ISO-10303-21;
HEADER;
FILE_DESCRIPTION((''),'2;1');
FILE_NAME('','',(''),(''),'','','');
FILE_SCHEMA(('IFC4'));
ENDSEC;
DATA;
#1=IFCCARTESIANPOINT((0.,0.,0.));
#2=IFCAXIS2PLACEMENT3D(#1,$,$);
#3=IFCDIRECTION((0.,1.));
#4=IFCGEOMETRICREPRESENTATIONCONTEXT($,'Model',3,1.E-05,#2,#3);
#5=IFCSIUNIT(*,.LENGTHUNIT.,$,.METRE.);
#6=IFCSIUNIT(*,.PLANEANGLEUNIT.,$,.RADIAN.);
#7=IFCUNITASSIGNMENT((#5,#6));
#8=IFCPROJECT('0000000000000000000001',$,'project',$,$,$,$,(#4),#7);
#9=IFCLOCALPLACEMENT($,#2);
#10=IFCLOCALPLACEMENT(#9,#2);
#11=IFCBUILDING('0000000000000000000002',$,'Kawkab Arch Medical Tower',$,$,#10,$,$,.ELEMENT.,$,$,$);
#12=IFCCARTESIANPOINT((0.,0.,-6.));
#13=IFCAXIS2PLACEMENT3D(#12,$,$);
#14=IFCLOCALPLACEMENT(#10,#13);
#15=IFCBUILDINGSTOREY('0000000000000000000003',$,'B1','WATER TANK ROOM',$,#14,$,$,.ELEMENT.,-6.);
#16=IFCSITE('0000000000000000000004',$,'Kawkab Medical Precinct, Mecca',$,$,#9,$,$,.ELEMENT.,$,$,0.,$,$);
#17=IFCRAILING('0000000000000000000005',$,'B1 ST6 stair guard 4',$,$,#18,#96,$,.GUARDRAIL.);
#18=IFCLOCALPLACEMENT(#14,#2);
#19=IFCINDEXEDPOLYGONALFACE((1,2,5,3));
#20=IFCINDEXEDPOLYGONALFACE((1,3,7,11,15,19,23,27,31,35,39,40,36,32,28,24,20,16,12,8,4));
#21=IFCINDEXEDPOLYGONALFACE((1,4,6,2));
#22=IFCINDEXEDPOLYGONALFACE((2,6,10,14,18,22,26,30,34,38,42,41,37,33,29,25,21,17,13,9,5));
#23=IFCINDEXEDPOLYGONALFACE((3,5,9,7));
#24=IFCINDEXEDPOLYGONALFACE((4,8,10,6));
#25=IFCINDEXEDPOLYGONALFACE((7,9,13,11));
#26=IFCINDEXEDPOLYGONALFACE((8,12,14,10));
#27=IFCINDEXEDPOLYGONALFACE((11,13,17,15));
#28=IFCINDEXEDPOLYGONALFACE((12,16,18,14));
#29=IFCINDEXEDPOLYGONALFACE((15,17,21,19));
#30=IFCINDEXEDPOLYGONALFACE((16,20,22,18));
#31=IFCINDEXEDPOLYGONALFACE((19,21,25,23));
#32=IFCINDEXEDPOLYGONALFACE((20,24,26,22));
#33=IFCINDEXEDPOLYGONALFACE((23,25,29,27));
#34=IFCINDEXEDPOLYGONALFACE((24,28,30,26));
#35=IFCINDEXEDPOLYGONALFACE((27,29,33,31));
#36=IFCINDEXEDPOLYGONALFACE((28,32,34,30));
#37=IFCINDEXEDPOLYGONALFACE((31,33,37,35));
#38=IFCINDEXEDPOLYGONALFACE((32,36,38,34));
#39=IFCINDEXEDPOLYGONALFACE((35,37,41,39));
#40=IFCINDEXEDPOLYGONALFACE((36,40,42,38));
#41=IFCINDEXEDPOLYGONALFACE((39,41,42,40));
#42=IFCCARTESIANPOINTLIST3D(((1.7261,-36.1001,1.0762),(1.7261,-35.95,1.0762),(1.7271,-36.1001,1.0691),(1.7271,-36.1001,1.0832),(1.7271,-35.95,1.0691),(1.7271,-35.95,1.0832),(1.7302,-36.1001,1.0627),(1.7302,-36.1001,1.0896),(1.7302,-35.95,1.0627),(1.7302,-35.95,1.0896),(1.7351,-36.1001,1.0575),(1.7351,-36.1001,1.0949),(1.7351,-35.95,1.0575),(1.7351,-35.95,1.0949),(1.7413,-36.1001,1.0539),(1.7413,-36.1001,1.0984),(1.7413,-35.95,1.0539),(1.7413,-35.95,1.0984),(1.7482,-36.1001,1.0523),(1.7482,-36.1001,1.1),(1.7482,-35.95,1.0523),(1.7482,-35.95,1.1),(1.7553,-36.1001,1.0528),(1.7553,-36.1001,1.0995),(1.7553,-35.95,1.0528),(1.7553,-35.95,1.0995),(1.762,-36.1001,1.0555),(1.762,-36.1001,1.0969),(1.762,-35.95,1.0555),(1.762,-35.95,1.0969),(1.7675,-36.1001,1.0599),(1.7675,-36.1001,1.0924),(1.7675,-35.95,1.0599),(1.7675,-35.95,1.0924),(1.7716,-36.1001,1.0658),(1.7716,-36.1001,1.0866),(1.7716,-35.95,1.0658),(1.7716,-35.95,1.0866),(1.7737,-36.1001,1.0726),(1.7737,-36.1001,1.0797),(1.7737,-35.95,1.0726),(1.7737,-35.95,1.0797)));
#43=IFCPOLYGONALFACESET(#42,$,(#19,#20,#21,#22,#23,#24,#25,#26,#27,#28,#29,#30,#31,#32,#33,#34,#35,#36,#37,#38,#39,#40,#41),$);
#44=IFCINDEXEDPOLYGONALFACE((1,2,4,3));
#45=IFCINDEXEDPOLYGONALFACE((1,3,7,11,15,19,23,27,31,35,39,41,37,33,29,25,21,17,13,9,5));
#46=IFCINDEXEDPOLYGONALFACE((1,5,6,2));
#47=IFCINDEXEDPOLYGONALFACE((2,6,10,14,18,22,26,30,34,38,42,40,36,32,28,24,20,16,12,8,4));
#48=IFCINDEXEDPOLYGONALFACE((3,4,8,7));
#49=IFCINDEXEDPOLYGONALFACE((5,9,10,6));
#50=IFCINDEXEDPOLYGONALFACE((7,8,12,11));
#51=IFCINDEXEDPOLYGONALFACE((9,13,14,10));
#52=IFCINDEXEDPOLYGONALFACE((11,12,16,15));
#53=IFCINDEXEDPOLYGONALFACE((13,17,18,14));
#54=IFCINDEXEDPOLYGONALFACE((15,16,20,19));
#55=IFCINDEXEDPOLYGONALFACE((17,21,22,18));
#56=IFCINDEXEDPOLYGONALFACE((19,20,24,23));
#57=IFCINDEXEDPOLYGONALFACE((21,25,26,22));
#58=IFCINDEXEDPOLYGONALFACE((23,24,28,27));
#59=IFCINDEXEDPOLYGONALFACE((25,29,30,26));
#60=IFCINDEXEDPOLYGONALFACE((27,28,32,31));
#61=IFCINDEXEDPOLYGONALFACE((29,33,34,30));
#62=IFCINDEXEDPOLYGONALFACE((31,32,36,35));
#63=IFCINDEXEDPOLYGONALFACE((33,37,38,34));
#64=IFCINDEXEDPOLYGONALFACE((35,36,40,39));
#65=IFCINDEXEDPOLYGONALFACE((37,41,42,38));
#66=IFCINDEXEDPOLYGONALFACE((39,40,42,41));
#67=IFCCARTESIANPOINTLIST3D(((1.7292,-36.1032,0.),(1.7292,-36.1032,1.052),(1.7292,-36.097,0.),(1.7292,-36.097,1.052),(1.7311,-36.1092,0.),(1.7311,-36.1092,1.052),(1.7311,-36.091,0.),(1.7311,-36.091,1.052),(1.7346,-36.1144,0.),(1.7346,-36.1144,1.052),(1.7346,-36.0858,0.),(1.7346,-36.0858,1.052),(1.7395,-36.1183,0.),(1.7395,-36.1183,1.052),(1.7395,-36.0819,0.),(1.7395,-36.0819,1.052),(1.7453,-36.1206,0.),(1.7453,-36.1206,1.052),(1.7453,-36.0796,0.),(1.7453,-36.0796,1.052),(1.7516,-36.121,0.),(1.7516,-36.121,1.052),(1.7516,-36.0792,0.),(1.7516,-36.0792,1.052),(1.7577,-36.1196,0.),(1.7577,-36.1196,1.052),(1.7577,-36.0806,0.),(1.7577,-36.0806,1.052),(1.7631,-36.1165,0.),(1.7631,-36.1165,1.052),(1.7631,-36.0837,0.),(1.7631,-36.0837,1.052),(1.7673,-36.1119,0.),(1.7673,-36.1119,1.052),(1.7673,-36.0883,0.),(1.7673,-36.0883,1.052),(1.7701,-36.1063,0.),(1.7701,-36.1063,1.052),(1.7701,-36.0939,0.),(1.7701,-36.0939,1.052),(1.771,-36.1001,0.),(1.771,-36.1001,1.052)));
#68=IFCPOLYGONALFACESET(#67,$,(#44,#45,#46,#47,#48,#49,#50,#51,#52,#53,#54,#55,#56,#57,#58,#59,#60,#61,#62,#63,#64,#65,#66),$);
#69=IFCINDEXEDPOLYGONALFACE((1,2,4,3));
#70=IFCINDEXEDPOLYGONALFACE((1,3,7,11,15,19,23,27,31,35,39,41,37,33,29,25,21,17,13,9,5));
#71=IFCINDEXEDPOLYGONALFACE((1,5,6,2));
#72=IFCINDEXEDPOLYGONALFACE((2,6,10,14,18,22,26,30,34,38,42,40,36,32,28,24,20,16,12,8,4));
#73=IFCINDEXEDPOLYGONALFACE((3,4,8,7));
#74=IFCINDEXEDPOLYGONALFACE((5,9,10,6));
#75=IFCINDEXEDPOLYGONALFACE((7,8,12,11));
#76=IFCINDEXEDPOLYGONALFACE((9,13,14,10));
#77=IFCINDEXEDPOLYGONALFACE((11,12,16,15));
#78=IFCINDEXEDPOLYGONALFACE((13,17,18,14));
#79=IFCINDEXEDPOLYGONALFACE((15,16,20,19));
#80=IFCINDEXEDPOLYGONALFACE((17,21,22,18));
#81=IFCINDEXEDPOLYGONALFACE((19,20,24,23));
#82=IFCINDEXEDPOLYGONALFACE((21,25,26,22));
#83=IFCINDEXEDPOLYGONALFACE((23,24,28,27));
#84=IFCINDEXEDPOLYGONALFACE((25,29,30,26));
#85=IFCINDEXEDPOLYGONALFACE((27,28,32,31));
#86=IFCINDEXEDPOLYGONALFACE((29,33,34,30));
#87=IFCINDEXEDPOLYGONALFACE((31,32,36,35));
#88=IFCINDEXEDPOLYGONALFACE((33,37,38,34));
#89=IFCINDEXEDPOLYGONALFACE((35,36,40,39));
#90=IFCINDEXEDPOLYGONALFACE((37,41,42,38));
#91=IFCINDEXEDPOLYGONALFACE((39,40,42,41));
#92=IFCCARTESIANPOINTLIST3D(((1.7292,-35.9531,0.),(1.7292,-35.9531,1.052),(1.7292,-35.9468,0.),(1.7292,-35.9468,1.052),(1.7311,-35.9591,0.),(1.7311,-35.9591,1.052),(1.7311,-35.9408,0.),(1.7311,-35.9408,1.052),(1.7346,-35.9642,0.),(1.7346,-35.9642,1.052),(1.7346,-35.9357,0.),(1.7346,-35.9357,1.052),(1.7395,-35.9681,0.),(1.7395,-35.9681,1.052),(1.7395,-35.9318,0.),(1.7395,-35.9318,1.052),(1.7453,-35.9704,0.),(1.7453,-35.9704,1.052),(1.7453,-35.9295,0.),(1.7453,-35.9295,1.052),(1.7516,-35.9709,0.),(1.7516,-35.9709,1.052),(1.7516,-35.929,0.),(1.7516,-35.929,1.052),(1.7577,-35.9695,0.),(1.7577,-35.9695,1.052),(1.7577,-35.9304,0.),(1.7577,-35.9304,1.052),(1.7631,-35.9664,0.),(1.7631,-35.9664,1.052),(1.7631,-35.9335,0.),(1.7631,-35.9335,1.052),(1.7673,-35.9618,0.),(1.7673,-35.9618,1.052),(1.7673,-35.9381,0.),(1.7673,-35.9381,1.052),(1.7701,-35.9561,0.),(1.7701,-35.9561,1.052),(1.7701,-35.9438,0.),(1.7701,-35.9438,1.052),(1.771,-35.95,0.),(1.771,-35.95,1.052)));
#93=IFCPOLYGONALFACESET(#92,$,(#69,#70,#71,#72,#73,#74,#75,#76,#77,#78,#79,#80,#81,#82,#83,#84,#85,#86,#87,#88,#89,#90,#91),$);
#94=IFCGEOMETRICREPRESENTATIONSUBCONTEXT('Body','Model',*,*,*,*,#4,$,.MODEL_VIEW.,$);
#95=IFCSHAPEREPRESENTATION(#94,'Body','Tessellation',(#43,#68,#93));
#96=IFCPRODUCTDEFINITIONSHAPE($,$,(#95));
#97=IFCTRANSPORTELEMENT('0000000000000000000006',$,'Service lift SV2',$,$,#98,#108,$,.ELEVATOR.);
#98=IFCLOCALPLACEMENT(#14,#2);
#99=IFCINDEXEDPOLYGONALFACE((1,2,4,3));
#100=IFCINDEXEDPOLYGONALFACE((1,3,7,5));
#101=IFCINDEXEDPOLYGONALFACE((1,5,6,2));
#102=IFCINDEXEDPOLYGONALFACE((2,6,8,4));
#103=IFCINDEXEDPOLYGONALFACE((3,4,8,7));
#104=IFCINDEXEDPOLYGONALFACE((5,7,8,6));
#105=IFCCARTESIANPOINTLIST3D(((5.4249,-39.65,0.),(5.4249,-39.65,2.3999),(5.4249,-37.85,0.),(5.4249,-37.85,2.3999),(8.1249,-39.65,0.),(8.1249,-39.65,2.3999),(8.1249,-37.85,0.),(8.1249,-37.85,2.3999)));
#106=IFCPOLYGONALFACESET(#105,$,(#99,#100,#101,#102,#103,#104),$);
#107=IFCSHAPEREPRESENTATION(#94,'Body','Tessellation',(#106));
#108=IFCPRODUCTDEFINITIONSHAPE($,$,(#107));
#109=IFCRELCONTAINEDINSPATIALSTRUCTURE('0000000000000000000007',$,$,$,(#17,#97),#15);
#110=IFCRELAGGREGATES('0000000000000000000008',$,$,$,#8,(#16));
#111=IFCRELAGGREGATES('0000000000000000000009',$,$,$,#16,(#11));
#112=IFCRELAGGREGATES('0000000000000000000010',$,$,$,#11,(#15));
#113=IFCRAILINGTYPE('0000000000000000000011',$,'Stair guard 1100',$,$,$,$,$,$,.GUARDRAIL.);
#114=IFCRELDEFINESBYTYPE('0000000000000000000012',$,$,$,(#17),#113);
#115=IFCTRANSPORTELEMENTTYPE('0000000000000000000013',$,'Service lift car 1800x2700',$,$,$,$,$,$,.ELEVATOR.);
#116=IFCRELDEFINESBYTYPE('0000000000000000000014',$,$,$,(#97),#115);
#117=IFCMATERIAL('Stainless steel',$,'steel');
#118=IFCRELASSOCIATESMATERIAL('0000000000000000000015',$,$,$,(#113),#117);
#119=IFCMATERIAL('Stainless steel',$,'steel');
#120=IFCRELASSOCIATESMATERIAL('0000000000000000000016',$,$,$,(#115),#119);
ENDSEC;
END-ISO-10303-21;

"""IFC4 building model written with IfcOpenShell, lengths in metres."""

from ifc_helpers import new_model, si_unit, direction, frame, origin, origin_2d, place, context, subcontext, project, spatial, rectangle, circle, extrude, material, type_object, element, save


model = new_model("IFC4")

# Units and contexts
model_context = context("Model", 3, precision=1e-05, world=origin(), true_north=direction((0.0, 1.0)))
body_context = subcontext(model_context, "Body", "Model", "MODEL_VIEW")
ifc_project = project(units=[si_unit("LENGTHUNIT", "METRE"), si_unit("PLANEANGLEUNIT", "RADIAN")], contexts=[model_context])

# Site, building, storey
site_placement = place(None, origin())
site = spatial("IfcSite", under=ifc_project, at=site_placement, Name="Kawkab Medical Precinct, Mecca", CompositionType="ELEMENT", RefElevation=0.0)
building_placement = place(site_placement, origin())
building = spatial("IfcBuilding", under=site, at=building_placement, Name="Kawkab Arch Medical Tower", CompositionType="ELEMENT")
storey_placement = place(building_placement, frame((0.0, 0.0, -6.0)))
storey = spatial("IfcBuildingStorey", under=building, at=storey_placement, Name="B1", Description="WATER TANK ROOM", CompositionType="ELEMENT", Elevation=-6.0)

# Railing
ifc_material_1 = material(Name="Stainless steel", Category="steel")
railing_type = type_object("IfcRailingType", Name="Stair guard 1100", PredefinedType="GUARDRAIL", material=ifc_material_1)
railing_1_placement = place(storey_placement, frame((1.75, -36.1001, 0.0)))
element("IfcRailing", 1, at=railing_1_placement, inside=storey, type_object=railing_type, Name="B1 ST6 stair guard 4", PredefinedType="GUARDRAIL", context=body_context, shape_type="SweptSolid", body=[
    extrude(circle(Radius=0.0239, at=origin_2d()), frame((0.0, 0.0, 1.0762), z_axis=(0.0, 1.0, 0.0), x_axis=(-1.0, 0.0, 0.0)), (0.0, 0.0, 1.0), 0.1501),
    extrude(circle(Radius=0.021, at=origin_2d()), origin(), (0.0, 0.0, 1.0), 1.052),
    extrude(circle(Radius=0.021, at=origin_2d()), frame((0.0, 0.1501, 0.0)), (0.0, 0.0, 1.0), 1.052),
])

# Transport element
ifc_material_2 = material(Name="Stainless steel", Category="steel")
transport_element_type = type_object("IfcTransportElementType", Name="Service lift car 1800x2700", PredefinedType="ELEVATOR", material=ifc_material_2)
transport_element_placement = place(storey_placement, frame((6.7749, -38.75, 0.0), z_axis=(0.0, 0.0, 1.0), x_axis=(1.0, 0.0, 0.0)))
element("IfcTransportElement", 2, at=transport_element_placement, inside=storey, type_object=transport_element_type, Name="Service lift SV2", PredefinedType="ELEVATOR", context=body_context, shape_type="SweptSolid", body=[
    extrude(rectangle(XDim=2.7, YDim=1.8, at=origin_2d()), origin(), (0.0, 0.0, 1.0), 2.3999),
])

save(model, "model.ifc")
